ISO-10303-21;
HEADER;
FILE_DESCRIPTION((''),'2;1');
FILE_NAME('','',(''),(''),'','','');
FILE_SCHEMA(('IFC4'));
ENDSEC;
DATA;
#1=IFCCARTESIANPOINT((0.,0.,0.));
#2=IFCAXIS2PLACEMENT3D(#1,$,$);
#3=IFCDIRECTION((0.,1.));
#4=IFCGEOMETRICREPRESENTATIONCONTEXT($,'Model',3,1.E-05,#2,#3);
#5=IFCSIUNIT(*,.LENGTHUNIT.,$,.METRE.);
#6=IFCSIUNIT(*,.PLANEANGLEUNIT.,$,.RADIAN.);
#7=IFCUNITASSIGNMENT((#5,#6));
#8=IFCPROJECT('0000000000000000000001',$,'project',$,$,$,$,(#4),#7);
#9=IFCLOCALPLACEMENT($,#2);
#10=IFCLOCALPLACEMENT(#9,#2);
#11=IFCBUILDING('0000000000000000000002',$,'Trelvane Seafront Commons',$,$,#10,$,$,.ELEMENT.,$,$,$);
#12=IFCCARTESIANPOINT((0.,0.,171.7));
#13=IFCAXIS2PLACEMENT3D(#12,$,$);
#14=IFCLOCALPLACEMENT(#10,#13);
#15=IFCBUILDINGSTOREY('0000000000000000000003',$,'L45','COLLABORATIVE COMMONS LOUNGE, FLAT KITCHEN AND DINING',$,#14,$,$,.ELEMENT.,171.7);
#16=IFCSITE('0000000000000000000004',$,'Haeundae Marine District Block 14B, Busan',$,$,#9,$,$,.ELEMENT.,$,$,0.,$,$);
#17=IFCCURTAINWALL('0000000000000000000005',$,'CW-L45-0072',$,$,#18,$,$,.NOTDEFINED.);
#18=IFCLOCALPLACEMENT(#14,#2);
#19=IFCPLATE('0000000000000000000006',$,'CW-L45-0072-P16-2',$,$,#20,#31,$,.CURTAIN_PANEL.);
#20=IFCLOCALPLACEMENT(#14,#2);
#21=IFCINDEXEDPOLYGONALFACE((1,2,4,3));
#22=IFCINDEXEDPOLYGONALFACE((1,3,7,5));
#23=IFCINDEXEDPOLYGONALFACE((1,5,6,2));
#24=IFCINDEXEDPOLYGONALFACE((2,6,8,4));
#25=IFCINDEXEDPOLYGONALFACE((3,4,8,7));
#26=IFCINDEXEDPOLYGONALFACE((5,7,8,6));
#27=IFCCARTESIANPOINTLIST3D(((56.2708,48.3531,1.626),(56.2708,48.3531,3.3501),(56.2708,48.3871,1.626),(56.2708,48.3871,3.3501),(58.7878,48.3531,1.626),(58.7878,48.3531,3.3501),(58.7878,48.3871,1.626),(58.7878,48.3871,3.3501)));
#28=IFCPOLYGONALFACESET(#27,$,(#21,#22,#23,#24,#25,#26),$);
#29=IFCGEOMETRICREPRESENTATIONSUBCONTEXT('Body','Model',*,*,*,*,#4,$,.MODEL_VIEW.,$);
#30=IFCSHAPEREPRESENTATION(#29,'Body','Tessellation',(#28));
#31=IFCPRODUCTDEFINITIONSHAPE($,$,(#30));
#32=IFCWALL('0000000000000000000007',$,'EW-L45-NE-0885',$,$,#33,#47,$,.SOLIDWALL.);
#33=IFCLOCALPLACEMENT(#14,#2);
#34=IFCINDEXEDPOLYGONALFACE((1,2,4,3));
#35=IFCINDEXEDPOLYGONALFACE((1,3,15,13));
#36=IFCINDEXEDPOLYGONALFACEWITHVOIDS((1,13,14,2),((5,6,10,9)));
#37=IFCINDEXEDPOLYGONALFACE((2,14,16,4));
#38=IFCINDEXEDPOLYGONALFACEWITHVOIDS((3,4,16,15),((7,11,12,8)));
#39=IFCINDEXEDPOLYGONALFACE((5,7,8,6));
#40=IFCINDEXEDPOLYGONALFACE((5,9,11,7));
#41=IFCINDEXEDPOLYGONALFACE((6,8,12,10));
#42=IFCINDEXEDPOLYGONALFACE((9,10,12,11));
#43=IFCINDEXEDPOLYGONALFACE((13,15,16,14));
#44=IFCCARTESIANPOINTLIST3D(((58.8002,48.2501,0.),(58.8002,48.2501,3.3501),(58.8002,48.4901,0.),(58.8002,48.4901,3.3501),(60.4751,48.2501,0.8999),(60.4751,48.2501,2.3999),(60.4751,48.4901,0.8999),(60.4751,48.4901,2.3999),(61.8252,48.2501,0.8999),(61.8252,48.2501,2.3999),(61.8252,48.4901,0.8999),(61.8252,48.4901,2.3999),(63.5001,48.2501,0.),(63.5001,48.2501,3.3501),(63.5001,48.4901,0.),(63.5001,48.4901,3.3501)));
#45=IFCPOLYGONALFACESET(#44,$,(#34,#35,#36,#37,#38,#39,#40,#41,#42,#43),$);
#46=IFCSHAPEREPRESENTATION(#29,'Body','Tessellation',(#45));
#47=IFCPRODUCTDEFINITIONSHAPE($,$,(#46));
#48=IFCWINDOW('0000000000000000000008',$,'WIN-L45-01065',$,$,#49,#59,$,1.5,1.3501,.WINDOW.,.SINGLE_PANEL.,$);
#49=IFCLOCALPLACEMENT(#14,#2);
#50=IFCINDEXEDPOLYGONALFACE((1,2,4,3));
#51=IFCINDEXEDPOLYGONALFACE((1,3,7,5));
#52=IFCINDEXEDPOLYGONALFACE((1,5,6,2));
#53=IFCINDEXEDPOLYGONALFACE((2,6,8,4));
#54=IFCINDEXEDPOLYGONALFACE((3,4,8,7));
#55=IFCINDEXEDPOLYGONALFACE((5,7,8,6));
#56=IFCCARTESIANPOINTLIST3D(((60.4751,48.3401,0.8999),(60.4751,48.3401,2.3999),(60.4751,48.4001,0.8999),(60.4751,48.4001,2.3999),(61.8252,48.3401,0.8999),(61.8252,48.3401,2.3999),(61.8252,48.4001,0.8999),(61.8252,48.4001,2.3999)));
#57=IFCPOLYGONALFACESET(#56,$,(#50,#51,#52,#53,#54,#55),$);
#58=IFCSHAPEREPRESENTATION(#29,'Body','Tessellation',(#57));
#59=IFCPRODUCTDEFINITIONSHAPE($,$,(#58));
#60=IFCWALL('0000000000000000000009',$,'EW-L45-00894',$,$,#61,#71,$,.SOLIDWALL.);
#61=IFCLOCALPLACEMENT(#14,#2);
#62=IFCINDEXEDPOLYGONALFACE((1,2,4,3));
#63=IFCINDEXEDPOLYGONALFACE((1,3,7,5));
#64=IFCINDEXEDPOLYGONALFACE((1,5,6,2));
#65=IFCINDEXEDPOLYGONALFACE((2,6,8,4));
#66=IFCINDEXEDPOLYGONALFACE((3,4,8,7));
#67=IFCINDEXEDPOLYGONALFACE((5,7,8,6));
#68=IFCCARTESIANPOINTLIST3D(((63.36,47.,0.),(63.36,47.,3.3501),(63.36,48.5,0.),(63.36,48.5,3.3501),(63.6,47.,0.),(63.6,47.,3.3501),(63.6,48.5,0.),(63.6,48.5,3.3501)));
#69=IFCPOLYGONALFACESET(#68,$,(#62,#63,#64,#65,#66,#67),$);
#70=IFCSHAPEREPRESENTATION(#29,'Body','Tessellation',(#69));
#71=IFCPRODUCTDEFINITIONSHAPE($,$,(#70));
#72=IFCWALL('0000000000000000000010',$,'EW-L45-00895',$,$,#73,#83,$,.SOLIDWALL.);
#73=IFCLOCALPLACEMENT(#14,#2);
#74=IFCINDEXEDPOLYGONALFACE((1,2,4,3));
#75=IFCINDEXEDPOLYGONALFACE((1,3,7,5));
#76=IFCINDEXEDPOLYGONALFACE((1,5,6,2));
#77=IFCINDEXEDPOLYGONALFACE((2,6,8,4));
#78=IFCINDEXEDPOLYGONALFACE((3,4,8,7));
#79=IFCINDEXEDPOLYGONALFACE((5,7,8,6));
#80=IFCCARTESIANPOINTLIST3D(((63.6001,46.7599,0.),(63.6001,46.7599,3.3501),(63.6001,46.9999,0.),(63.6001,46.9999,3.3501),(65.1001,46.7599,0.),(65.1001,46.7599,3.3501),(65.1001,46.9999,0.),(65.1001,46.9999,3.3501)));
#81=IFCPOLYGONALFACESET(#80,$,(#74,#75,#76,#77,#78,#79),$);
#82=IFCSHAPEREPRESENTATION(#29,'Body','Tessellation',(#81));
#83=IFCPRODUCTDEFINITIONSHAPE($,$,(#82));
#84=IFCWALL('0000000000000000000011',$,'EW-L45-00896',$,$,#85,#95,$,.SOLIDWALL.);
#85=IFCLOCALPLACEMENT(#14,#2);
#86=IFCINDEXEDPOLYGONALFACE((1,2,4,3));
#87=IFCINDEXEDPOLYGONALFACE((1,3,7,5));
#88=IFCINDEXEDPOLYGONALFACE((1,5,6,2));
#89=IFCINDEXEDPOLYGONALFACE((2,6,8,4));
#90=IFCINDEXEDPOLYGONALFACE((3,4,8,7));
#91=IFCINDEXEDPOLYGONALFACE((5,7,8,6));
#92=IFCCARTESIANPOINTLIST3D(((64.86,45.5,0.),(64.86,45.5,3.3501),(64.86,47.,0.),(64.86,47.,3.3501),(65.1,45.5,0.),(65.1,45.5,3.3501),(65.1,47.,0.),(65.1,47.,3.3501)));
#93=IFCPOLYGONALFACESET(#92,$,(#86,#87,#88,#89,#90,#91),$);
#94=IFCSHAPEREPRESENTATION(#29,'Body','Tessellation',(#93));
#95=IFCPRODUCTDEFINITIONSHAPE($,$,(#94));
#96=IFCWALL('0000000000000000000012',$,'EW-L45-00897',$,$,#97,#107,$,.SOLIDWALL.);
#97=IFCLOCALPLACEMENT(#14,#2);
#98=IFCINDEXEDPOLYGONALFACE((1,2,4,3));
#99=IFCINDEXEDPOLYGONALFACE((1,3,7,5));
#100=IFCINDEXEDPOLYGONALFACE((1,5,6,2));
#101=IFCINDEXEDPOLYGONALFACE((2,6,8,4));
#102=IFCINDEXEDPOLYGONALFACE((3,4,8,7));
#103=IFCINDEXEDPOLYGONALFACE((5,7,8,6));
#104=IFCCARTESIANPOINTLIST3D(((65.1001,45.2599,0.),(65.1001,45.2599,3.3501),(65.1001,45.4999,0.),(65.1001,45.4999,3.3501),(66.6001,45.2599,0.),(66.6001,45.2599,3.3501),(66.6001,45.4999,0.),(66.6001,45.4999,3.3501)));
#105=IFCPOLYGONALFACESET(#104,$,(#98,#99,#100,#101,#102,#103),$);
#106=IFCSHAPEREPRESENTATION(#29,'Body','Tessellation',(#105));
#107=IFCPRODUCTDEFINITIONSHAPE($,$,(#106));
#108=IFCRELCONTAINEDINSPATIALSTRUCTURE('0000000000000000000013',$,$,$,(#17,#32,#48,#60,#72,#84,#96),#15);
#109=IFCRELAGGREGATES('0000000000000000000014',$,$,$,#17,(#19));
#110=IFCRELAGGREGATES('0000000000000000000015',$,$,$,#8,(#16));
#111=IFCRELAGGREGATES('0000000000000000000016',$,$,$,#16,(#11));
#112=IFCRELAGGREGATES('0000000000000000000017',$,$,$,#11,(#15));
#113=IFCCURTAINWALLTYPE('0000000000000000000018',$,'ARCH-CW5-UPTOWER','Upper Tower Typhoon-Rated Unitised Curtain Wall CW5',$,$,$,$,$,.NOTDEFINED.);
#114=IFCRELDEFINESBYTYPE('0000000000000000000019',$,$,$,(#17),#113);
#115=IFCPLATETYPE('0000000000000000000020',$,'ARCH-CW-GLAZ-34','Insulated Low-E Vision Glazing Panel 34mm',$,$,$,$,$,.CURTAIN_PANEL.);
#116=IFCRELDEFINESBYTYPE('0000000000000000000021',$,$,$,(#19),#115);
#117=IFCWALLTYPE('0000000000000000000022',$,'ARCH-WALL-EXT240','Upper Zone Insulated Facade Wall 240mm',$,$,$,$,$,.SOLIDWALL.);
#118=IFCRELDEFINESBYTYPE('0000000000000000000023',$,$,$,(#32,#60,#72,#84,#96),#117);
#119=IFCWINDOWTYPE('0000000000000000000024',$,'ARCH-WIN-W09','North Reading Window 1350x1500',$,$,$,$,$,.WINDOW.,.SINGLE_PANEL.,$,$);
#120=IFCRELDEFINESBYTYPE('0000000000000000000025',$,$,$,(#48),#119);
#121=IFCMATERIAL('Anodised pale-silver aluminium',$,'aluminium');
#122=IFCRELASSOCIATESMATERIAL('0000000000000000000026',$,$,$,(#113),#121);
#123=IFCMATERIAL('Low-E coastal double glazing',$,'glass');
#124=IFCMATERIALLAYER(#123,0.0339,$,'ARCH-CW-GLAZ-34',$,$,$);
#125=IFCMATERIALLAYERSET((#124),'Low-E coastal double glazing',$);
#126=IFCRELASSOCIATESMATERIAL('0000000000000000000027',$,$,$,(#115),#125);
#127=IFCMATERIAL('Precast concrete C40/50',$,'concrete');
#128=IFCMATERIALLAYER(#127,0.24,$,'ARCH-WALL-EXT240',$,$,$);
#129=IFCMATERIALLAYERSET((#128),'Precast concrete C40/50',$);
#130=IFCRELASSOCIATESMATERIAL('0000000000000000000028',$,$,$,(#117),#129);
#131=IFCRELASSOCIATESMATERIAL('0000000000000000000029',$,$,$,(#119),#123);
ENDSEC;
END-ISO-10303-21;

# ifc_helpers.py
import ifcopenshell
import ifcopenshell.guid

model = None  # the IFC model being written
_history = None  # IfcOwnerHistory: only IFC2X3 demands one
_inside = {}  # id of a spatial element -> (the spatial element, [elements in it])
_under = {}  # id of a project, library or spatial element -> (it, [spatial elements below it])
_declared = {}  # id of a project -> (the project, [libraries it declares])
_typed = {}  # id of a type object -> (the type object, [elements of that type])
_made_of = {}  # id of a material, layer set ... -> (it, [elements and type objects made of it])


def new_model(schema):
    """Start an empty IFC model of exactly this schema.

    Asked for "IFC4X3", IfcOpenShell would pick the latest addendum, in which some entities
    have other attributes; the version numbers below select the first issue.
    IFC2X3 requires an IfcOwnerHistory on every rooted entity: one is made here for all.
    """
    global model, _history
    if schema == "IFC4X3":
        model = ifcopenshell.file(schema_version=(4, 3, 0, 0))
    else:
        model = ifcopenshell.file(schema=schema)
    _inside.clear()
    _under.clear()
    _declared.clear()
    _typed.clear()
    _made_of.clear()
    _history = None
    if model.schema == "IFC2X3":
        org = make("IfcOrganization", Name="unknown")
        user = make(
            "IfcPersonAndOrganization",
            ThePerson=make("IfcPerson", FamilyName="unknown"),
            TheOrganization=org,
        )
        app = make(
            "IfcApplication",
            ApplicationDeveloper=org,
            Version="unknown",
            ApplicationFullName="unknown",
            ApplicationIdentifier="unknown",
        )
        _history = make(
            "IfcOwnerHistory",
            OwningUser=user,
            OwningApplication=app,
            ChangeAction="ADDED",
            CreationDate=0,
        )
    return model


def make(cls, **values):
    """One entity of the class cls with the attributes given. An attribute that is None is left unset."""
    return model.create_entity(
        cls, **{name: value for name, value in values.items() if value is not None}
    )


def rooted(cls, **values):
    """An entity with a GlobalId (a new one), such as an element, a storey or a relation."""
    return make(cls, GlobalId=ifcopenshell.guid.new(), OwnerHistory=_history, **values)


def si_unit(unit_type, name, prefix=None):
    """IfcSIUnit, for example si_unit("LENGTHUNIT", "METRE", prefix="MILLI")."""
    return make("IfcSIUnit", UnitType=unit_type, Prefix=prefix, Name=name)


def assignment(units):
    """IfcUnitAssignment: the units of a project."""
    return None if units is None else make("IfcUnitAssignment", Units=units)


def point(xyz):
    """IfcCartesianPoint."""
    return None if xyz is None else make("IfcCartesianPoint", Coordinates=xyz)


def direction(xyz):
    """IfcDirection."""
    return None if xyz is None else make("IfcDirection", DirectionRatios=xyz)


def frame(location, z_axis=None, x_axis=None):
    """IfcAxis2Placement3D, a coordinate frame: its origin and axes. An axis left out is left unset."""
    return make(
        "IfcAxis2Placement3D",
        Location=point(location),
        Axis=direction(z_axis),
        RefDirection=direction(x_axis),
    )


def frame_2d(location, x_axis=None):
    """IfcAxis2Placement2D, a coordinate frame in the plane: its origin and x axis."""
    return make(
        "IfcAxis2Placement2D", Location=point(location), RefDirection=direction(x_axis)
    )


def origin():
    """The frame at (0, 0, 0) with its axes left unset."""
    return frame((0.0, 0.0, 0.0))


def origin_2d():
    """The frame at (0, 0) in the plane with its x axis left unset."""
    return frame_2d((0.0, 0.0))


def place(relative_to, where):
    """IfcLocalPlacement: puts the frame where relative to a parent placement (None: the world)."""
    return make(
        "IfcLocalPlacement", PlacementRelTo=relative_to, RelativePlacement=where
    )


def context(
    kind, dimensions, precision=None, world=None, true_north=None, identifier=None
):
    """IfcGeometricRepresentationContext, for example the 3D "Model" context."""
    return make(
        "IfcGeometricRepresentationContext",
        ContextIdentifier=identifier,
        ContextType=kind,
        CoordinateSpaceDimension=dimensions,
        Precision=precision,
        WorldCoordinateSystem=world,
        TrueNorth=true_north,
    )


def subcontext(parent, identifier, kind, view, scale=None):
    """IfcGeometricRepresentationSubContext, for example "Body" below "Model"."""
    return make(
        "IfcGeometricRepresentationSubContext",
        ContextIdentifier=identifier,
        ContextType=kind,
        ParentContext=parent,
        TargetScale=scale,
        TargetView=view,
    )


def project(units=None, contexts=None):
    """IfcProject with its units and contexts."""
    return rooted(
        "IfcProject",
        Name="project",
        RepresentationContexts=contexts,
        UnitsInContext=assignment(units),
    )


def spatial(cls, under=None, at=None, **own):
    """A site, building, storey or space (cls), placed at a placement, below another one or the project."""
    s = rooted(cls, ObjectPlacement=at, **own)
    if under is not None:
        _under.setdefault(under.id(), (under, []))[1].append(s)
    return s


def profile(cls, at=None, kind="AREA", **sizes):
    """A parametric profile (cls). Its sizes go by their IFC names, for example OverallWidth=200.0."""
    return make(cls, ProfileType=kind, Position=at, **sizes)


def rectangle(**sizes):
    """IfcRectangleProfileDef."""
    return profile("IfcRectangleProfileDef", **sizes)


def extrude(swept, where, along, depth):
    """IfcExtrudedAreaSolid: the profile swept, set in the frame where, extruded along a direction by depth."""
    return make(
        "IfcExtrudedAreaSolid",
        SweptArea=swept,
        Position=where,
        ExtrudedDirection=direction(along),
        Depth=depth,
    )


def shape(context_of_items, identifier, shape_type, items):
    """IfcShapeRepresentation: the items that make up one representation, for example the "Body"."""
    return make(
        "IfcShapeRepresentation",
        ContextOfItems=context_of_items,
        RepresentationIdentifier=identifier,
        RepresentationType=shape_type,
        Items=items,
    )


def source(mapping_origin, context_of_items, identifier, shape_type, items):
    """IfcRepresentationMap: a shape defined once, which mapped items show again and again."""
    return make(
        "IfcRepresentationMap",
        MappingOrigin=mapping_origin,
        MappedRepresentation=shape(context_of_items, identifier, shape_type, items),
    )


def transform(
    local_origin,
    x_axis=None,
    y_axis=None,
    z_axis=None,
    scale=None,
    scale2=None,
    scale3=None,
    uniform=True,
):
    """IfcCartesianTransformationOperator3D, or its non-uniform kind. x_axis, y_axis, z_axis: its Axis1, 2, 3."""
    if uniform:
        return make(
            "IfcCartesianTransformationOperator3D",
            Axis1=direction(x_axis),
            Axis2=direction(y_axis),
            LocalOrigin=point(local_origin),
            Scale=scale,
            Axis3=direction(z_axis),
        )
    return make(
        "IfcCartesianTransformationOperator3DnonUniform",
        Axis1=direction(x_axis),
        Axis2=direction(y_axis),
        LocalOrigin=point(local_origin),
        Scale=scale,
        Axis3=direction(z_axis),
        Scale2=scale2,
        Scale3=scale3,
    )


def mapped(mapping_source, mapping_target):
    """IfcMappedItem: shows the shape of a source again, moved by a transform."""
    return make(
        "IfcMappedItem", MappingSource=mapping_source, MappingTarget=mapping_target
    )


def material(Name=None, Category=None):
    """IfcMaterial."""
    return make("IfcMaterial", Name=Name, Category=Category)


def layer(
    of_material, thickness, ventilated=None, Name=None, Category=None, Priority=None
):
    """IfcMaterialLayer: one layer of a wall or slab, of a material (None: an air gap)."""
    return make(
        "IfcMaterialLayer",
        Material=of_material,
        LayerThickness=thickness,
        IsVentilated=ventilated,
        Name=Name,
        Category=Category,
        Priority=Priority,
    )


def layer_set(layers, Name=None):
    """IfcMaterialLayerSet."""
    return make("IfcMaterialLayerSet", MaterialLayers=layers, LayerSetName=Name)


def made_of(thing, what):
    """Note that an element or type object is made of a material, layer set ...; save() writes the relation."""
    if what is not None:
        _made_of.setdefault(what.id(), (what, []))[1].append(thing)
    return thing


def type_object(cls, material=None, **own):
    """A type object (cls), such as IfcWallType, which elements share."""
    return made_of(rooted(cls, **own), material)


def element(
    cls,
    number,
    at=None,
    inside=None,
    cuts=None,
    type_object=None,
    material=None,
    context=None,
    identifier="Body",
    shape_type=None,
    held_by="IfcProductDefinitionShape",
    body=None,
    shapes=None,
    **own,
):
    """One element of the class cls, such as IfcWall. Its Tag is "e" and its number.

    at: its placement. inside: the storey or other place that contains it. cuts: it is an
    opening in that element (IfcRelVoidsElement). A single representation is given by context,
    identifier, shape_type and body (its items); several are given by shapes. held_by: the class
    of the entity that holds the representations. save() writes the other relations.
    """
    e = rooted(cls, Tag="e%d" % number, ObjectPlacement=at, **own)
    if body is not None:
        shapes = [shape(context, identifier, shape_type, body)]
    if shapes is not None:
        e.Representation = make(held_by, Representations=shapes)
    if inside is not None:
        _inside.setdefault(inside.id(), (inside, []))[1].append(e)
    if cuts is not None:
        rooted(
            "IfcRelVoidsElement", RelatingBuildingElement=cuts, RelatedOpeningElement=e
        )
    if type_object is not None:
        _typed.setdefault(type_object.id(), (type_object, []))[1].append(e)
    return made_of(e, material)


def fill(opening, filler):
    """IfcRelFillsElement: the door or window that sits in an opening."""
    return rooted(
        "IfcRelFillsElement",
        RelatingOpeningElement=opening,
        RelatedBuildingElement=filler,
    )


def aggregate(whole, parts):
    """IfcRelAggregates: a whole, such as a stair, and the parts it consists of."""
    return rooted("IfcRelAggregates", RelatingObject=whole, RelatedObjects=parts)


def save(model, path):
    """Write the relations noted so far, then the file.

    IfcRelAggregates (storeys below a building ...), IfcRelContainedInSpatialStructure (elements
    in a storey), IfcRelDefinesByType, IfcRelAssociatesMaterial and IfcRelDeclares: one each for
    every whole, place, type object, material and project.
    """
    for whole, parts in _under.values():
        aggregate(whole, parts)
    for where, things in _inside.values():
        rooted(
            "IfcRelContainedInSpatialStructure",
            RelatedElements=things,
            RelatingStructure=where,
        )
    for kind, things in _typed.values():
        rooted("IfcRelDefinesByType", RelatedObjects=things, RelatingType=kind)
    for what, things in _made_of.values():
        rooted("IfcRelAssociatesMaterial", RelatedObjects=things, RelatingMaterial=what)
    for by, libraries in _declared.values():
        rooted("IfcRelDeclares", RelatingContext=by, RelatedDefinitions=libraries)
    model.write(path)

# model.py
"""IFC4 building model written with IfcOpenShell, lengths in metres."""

from ifc_helpers import new_model, si_unit, direction, frame, frame_2d, origin, origin_2d, place, context, subcontext, project, spatial, rectangle, extrude, source, transform, mapped, material, layer, layer_set, type_object, element, fill, aggregate, save


model = new_model("IFC4")

# Units and contexts
model_context = context("Model", 3, precision=1e-05, world=origin(), true_north=direction((0.0, 1.0)))
body_context = subcontext(model_context, "Body", "Model", "MODEL_VIEW")
ifc_project = project(units=[si_unit("LENGTHUNIT", "METRE"), si_unit("PLANEANGLEUNIT", "RADIAN")], contexts=[model_context])

# Site, building, storey
site_placement = place(None, origin())
site = spatial("IfcSite", under=ifc_project, at=site_placement, Name="Haeundae Marine District Block 14B, Busan", CompositionType="ELEMENT", RefElevation=0.0)
building_placement = place(site_placement, origin())
building = spatial("IfcBuilding", under=site, at=building_placement, Name="Trelvane Seafront Commons", CompositionType="ELEMENT")
storey_placement = place(building_placement, frame((0.0, 0.0, 171.7)))
storey = spatial("IfcBuildingStorey", under=building, at=storey_placement, Name="L45", Description="COLLABORATIVE COMMONS LOUNGE, FLAT KITCHEN AND DINING", CompositionType="ELEMENT", Elevation=171.7)

# Curtain wall
ifc_material_1 = material(Name="Anodised pale-silver aluminium", Category="aluminium")
curtain_wall_type = type_object("IfcCurtainWallType", Name="ARCH-CW5-UPTOWER", Description="Upper Tower Typhoon-Rated Unitised Curtain Wall CW5", PredefinedType="NOTDEFINED", material=ifc_material_1)
curtain_wall_placement = place(storey_placement, origin())
curtain_wall = element("IfcCurtainWall", 1, at=curtain_wall_placement, inside=storey, type_object=curtain_wall_type, Name="CW-L45-0072", PredefinedType="NOTDEFINED")

# Plate
ifc_material_2 = material(Name="Low-E coastal double glazing", Category="glass")
ifc_layer_1 = layer(ifc_material_2, 0.0339, Name="ARCH-CW-GLAZ-34")
ifc_layer_set_1 = layer_set([ifc_layer_1], Name="Low-E coastal double glazing")
plate_type_1 = type_object("IfcPlateType", Name="ARCH-CW-GLAZ-34", Description="Insulated Low-E Vision Glazing Panel 34mm", PredefinedType="CURTAIN_PANEL", material=ifc_layer_set_1)
shared_shape_1 = source(origin(), body_context, "Body", "SweptSolid", [
    extrude(rectangle(XDim=2.5171, YDim=0.0339, at=origin_2d()), origin(), (0.0, 0.0, 1.0), 1.7241),
])
plate_1_placement = place(storey_placement, frame((57.5293, 48.3701, 1.626), z_axis=(0.0, 0.0, 1.0), x_axis=(1.0, 0.0, 0.0)))
plate_1 = element("IfcPlate", 2, at=plate_1_placement, type_object=plate_type_1, Name="CW-L45-0072-P16-2", PredefinedType="CURTAIN_PANEL", context=body_context, shape_type="MappedRepresentation", body=[
    mapped(shared_shape_1, transform((0.0, 0.0, 0.0), x_axis=(1.0, 0.0, 0.0), y_axis=(0.0, 1.0, 0.0), z_axis=(0.0, 0.0, 1.0), scale=1.0)),
])
aggregate(curtain_wall, [plate_1])

# Wall, opening, window
ifc_material_3 = material(Name="Precast concrete C40/50", Category="concrete")
ifc_layer_2 = layer(ifc_material_3, 0.24, Name="ARCH-WALL-EXT240")
ifc_layer_set_2 = layer_set([ifc_layer_2], Name="Precast concrete C40/50")
wall_type_1 = type_object("IfcWallType", Name="ARCH-WALL-EXT240", Description="Upper Zone Insulated Facade Wall 240mm", PredefinedType="SOLIDWALL", material=ifc_layer_set_2)
wall_1_placement = place(storey_placement, frame((58.8, 48.3701, 0.0), z_axis=(0.0, 0.0, 1.0), x_axis=(1.0, 0.0, 0.0)))
wall_1 = element("IfcWall", 3, at=wall_1_placement, inside=storey, type_object=wall_type_1, Name="EW-L45-NE-0885", PredefinedType="SOLIDWALL", context=body_context, shape_type="SweptSolid", body=[
    extrude(rectangle(XDim=4.7, YDim=0.24, at=frame_2d((2.3501, 0.0))), origin(), (0.0, 0.0, 1.0), 3.3501),
])
opening_1_placement = place(wall_1_placement, frame((1.675, 0.0, 0.8999)))
opening_1 = element("IfcOpeningElement", 4, at=opening_1_placement, cuts=wall_1, PredefinedType="OPENING", context=body_context, shape_type="SweptSolid", body=[
    extrude(rectangle(XDim=1.3501, YDim=1.5, at=frame_2d((0.675, 0.75))), frame((0.0, 0.1299, 0.0), z_axis=(0.0, -1.0, 0.0), x_axis=(1.0, 0.0, 0.0)), (0.0, 0.0, 1.0), 0.26),
])
window_type_1 = type_object("IfcWindowType", Name="ARCH-WIN-W09", Description="North Reading Window 1350x1500", PartitioningType="SINGLE_PANEL", PredefinedType="WINDOW", material=ifc_material_2)
shared_shape_2 = source(origin(), body_context, "Body", "SweptSolid", [
    extrude(rectangle(XDim=1.3501, YDim=1.5, at=frame_2d((0.675, 0.75))), frame((0.0, 0.03, 0.0), z_axis=(0.0, -1.0, 0.0), x_axis=(1.0, 0.0, 0.0)), (0.0, 0.0, 1.0), 0.0601),
])
window_1_placement = place(opening_1_placement, origin())
window_1 = element("IfcWindow", 5, at=window_1_placement, inside=storey, type_object=window_type_1, Name="WIN-L45-01065", OverallHeight=1.5, OverallWidth=1.3501, PartitioningType="SINGLE_PANEL", PredefinedType="WINDOW", context=body_context, shape_type="MappedRepresentation", body=[
    mapped(shared_shape_2, transform((0.0, 0.0, 0.0), x_axis=(1.0, 0.0, 0.0), y_axis=(0.0, 1.0, 0.0), z_axis=(0.0, 0.0, 1.0), scale=1.0)),
])
fill(opening_1, window_1)

# Walls
for number, where, z_axis, x_axis, name in (
    (6, (63.48, 48.5, 0.0), (0.0, 0.0, 1.0), (0.0, -1.0, 0.0), "EW-L45-00894"),
    (7, (63.6001, 46.8799, 0.0), (0.0, 0.0, 1.0), (1.0, 0.0, 0.0), "EW-L45-00895"),
    (8, (64.98, 47.0, 0.0), (0.0, 0.0, 1.0), (0.0, -1.0, 0.0), "EW-L45-00896"),
    (9, (65.1001, 45.3799, 0.0), (0.0, 0.0, 1.0), (1.0, 0.0, 0.0), "EW-L45-00897"),
):
    element("IfcWall", number, at=place(storey_placement, frame(where, z_axis=z_axis, x_axis=x_axis)), inside=storey, type_object=wall_type_1, Name=name, PredefinedType="SOLIDWALL", context=body_context, shape_type="SweptSolid", body=[
        extrude(rectangle(XDim=1.5, YDim=0.24, at=frame_2d((0.75, 0.0))), origin(), (0.0, 0.0, 1.0), 3.3501),
    ])

save(model, "model.ifc")
